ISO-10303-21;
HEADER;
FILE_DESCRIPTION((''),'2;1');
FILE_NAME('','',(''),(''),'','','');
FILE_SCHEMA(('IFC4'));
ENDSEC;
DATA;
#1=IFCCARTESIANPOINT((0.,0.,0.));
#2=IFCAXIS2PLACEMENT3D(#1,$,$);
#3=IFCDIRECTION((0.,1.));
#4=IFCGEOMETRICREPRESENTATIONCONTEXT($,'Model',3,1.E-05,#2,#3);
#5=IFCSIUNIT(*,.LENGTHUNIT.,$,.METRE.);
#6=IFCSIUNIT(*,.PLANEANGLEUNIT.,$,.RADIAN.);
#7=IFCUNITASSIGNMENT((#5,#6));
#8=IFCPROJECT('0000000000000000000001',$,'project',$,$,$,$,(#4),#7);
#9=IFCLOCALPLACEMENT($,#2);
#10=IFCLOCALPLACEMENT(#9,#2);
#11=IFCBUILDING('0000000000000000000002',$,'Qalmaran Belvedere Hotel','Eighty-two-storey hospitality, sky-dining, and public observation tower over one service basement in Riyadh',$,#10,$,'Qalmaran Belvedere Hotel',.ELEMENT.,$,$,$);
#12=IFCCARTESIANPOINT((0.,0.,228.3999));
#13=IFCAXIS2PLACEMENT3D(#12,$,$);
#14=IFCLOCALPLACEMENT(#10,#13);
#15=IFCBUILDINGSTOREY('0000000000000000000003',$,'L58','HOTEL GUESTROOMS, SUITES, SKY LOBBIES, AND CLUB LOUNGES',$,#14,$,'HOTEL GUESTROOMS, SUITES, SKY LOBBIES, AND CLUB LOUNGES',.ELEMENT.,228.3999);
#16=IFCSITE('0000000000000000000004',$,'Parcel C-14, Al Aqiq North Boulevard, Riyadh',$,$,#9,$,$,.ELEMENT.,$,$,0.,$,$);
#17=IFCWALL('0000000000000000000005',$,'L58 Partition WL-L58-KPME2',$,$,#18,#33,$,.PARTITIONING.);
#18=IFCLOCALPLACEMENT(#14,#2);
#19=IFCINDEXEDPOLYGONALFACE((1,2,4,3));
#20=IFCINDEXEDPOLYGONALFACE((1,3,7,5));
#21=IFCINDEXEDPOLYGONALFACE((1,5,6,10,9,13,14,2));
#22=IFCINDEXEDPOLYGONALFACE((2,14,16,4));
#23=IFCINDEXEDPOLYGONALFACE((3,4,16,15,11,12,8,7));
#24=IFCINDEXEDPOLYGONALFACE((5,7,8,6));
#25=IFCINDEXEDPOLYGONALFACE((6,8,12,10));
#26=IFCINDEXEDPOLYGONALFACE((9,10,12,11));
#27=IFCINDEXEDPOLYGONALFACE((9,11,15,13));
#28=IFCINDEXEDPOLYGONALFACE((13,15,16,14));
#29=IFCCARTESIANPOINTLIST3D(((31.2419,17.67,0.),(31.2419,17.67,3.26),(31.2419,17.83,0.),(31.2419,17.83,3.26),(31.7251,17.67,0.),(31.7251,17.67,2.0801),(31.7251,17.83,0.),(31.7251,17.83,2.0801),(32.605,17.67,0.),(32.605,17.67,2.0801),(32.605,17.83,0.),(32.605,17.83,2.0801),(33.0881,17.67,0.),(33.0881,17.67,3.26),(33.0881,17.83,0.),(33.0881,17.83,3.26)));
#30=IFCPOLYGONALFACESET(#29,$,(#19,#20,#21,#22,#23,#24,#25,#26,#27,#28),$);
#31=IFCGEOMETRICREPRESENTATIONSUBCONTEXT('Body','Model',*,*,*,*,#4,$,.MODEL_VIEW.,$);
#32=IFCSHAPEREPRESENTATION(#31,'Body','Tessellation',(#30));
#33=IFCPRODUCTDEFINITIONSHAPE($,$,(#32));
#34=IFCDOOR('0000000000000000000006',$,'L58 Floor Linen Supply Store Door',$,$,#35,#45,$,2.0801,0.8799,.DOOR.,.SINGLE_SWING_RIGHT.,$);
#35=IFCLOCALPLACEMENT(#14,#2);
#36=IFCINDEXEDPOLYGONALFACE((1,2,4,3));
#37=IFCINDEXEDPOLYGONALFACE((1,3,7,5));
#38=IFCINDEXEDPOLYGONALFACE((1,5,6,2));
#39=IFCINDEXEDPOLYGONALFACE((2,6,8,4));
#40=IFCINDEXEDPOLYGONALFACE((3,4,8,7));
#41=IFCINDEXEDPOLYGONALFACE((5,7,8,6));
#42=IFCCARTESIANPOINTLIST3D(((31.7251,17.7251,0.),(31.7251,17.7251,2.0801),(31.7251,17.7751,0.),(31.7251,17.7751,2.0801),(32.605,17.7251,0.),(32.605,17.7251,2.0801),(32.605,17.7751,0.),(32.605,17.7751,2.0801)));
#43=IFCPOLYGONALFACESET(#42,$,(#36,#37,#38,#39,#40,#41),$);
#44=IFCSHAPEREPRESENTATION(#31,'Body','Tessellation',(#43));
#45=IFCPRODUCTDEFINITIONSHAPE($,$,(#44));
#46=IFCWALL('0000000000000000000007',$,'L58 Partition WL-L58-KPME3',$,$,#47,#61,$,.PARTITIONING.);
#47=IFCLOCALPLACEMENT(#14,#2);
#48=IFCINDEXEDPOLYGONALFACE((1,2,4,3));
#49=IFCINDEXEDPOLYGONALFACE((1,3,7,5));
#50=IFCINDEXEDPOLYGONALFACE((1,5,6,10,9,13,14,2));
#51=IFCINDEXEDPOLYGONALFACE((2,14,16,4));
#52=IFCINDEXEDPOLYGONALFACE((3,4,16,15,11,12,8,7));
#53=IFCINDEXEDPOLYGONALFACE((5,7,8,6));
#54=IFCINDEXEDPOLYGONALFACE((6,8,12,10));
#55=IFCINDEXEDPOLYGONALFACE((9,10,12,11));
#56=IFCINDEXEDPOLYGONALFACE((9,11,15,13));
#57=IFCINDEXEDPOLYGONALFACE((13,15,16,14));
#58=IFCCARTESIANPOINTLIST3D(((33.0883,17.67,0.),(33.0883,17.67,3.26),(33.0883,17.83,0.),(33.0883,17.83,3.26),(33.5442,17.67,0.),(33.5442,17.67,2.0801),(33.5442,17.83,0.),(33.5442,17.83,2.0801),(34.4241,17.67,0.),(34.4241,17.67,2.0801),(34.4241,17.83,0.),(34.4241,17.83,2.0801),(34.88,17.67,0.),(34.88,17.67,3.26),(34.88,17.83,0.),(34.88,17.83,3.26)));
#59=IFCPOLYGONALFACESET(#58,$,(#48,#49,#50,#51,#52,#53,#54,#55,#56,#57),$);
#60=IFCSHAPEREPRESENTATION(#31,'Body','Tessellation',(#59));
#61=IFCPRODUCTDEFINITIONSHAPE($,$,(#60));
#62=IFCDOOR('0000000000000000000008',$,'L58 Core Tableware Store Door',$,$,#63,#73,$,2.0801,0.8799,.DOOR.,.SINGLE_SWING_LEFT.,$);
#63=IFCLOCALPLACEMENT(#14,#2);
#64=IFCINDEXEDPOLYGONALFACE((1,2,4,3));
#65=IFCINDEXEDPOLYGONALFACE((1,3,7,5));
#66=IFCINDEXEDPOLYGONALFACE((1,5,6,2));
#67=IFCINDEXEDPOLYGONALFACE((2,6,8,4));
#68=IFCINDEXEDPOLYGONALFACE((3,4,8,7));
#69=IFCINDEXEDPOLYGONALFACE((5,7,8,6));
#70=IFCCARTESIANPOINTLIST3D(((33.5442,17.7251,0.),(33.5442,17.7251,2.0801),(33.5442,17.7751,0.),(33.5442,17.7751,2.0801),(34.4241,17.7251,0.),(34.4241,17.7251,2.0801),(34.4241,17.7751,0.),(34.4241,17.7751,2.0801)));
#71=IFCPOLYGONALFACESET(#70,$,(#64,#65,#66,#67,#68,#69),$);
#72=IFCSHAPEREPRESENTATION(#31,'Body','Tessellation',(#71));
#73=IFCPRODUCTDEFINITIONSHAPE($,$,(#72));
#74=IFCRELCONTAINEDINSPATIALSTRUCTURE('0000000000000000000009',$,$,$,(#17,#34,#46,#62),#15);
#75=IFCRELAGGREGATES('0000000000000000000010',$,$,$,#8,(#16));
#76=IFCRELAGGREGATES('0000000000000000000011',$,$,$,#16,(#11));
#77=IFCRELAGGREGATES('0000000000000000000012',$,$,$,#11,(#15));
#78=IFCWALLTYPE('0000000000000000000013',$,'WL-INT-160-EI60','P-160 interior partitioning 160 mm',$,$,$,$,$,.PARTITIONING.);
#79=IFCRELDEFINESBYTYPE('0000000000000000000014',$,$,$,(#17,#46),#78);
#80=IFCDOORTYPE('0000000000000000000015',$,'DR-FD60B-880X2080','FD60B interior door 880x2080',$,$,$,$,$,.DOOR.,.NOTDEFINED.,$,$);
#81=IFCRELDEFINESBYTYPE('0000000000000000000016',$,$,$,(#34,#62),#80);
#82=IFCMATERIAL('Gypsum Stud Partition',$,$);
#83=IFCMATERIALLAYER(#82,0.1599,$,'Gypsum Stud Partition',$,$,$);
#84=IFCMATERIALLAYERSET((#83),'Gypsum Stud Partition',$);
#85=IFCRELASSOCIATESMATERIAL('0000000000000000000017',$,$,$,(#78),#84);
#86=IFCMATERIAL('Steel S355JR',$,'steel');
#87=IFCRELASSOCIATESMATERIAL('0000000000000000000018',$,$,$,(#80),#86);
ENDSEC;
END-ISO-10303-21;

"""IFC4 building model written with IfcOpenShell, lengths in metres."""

from ifc_helpers import new_model, si_unit, direction, frame, frame_2d, origin, place, context, subcontext, project, spatial, rectangle, extrude, material, layer, layer_set, type_object, element, fill, save


model = new_model("IFC4")

# Units and contexts
model_context = context("Model", 3, precision=1e-05, world=origin(), true_north=direction((0.0, 1.0)))
body_context = subcontext(model_context, "Body", "Model", "MODEL_VIEW")
ifc_project = project(units=[si_unit("LENGTHUNIT", "METRE"), si_unit("PLANEANGLEUNIT", "RADIAN")], contexts=[model_context])

# Site, building, storey
site_placement = place(None, origin())
site = spatial("IfcSite", under=ifc_project, at=site_placement, Name="Parcel C-14, Al Aqiq North Boulevard, Riyadh", CompositionType="ELEMENT", RefElevation=0.0)
building_placement = place(site_placement, origin())
building = spatial("IfcBuilding", under=site, at=building_placement, Name="Qalmaran Belvedere Hotel", Description="Eighty-two-storey hospitality, sky-dining, and public observation tower over one service basement in Riyadh", LongName="Qalmaran Belvedere Hotel", CompositionType="ELEMENT")
storey_placement = place(building_placement, frame((0.0, 0.0, 228.3999)))
storey = spatial("IfcBuildingStorey", under=building, at=storey_placement, Name="L58", Description="HOTEL GUESTROOMS, SUITES, SKY LOBBIES, AND CLUB LOUNGES", LongName="HOTEL GUESTROOMS, SUITES, SKY LOBBIES, AND CLUB LOUNGES", CompositionType="ELEMENT", Elevation=228.3999)

# Shared definitions
ifc_material_1 = material(Name="Steel S355JR", Category="steel")

# Shared definitions
ifc_material_2 = material(Name="Gypsum Stud Partition")

# Walls, openings, doors
ifc_layer_1 = layer(ifc_material_2, 0.1599, Name="Gypsum Stud Partition")
ifc_layer_set_1 = layer_set([ifc_layer_1], Name="Gypsum Stud Partition")
wall_type_1 = type_object("IfcWallType", Name="WL-INT-160-EI60", Description="P-160 interior partitioning 160 mm", PredefinedType="PARTITIONING", material=ifc_layer_set_1)
door_type_1 = type_object("IfcDoorType", Name="DR-FD60B-880X2080", Description="FD60B interior door 880x2080", OperationType="NOTDEFINED", PredefinedType="DOOR", material=ifc_material_1)
wall_1_placement = place(storey_placement, frame((31.2419, 17.75, 0.0), z_axis=(0.0, 0.0, 1.0), x_axis=(1.0, 0.0, 0.0)))
wall_1 = element("IfcWall", 1, at=wall_1_placement, inside=storey, type_object=wall_type_1, Name="L58 Partition WL-L58-KPME2", PredefinedType="PARTITIONING", context=body_context, shape_type="SweptSolid", body=[
    extrude(rectangle(XDim=1.8462, YDim=0.1599, at=frame_2d((0.9231, 0.0))), origin(), (0.0, 0.0, 1.0), 3.26),
])
opening_1_placement = place(wall_1_placement, frame((1.363, 0.0, 0.0), z_axis=(0.0, 0.0, 1.0), x_axis=(-1.0, 0.0, 0.0)))
opening_1 = element("IfcOpeningElement", 2, at=opening_1_placement, cuts=wall_1, PredefinedType="OPENING", context=body_context, shape_type="SweptSolid", body=[
    extrude(rectangle(XDim=0.8799, YDim=2.0801, at=frame_2d((0.4399, 1.04))), frame((0.0, 0.0898, 0.0), z_axis=(0.0, -1.0, 0.0), x_axis=(1.0, 0.0, 0.0)), (0.0, 0.0, 1.0), 0.1799),
])
door_1_placement = place(opening_1_placement, origin())
door_1 = element("IfcDoor", 3, at=door_1_placement, inside=storey, type_object=door_type_1, Name="L58 Floor Linen Supply Store Door", OperationType="SINGLE_SWING_RIGHT", OverallHeight=2.0801, OverallWidth=0.8799, PredefinedType="DOOR", context=body_context, shape_type="SweptSolid", body=[
    extrude(rectangle(XDim=0.8799, YDim=2.0801, at=frame_2d((0.4399, 1.04))), frame((0.0, 0.0249, 0.0), z_axis=(0.0, -1.0, 0.0), x_axis=(1.0, 0.0, 0.0)), (0.0, 0.0, 1.0), 0.05),
])
fill(opening_1, door_1)
wall_2_placement = place(storey_placement, frame((33.0881, 17.75, 0.0), z_axis=(0.0, 0.0, 1.0), x_axis=(1.0, 0.0, 0.0)))
wall_2 = element("IfcWall", 4, at=wall_2_placement, inside=storey, type_object=wall_type_1, Name="L58 Partition WL-L58-KPME3", PredefinedType="PARTITIONING", context=body_context, shape_type="SweptSolid", body=[
    extrude(rectangle(XDim=1.7917, YDim=0.1599, at=frame_2d((0.896, 0.0))), origin(), (0.0, 0.0, 1.0), 3.26),
])
opening_2_placement = place(wall_2_placement, frame((1.3359, 0.0, 0.0), z_axis=(0.0, 0.0, 1.0), x_axis=(-1.0, 0.0, 0.0)))
opening_2 = element("IfcOpeningElement", 5, at=opening_2_placement, cuts=wall_2, PredefinedType="OPENING", context=body_context, shape_type="SweptSolid", body=[
    extrude(rectangle(XDim=0.8799, YDim=2.0801, at=frame_2d((0.4399, 1.04))), frame((0.0, 0.0898, 0.0), z_axis=(0.0, -1.0, 0.0), x_axis=(1.0, 0.0, 0.0)), (0.0, 0.0, 1.0), 0.1799),
])
door_2_placement = place(opening_2_placement, origin())
door_2 = element("IfcDoor", 6, at=door_2_placement, inside=storey, type_object=door_type_1, Name="L58 Core Tableware Store Door", OperationType="SINGLE_SWING_LEFT", OverallHeight=2.0801, OverallWidth=0.8799, PredefinedType="DOOR", context=body_context, shape_type="SweptSolid", body=[
    extrude(rectangle(XDim=0.8799, YDim=2.0801, at=frame_2d((0.4399, 1.04))), frame((0.0, 0.0249, 0.0), z_axis=(0.0, -1.0, 0.0), x_axis=(1.0, 0.0, 0.0)), (0.0, 0.0, 1.0), 0.05),
])
fill(opening_2, door_2)

save(model, "model.ifc")
